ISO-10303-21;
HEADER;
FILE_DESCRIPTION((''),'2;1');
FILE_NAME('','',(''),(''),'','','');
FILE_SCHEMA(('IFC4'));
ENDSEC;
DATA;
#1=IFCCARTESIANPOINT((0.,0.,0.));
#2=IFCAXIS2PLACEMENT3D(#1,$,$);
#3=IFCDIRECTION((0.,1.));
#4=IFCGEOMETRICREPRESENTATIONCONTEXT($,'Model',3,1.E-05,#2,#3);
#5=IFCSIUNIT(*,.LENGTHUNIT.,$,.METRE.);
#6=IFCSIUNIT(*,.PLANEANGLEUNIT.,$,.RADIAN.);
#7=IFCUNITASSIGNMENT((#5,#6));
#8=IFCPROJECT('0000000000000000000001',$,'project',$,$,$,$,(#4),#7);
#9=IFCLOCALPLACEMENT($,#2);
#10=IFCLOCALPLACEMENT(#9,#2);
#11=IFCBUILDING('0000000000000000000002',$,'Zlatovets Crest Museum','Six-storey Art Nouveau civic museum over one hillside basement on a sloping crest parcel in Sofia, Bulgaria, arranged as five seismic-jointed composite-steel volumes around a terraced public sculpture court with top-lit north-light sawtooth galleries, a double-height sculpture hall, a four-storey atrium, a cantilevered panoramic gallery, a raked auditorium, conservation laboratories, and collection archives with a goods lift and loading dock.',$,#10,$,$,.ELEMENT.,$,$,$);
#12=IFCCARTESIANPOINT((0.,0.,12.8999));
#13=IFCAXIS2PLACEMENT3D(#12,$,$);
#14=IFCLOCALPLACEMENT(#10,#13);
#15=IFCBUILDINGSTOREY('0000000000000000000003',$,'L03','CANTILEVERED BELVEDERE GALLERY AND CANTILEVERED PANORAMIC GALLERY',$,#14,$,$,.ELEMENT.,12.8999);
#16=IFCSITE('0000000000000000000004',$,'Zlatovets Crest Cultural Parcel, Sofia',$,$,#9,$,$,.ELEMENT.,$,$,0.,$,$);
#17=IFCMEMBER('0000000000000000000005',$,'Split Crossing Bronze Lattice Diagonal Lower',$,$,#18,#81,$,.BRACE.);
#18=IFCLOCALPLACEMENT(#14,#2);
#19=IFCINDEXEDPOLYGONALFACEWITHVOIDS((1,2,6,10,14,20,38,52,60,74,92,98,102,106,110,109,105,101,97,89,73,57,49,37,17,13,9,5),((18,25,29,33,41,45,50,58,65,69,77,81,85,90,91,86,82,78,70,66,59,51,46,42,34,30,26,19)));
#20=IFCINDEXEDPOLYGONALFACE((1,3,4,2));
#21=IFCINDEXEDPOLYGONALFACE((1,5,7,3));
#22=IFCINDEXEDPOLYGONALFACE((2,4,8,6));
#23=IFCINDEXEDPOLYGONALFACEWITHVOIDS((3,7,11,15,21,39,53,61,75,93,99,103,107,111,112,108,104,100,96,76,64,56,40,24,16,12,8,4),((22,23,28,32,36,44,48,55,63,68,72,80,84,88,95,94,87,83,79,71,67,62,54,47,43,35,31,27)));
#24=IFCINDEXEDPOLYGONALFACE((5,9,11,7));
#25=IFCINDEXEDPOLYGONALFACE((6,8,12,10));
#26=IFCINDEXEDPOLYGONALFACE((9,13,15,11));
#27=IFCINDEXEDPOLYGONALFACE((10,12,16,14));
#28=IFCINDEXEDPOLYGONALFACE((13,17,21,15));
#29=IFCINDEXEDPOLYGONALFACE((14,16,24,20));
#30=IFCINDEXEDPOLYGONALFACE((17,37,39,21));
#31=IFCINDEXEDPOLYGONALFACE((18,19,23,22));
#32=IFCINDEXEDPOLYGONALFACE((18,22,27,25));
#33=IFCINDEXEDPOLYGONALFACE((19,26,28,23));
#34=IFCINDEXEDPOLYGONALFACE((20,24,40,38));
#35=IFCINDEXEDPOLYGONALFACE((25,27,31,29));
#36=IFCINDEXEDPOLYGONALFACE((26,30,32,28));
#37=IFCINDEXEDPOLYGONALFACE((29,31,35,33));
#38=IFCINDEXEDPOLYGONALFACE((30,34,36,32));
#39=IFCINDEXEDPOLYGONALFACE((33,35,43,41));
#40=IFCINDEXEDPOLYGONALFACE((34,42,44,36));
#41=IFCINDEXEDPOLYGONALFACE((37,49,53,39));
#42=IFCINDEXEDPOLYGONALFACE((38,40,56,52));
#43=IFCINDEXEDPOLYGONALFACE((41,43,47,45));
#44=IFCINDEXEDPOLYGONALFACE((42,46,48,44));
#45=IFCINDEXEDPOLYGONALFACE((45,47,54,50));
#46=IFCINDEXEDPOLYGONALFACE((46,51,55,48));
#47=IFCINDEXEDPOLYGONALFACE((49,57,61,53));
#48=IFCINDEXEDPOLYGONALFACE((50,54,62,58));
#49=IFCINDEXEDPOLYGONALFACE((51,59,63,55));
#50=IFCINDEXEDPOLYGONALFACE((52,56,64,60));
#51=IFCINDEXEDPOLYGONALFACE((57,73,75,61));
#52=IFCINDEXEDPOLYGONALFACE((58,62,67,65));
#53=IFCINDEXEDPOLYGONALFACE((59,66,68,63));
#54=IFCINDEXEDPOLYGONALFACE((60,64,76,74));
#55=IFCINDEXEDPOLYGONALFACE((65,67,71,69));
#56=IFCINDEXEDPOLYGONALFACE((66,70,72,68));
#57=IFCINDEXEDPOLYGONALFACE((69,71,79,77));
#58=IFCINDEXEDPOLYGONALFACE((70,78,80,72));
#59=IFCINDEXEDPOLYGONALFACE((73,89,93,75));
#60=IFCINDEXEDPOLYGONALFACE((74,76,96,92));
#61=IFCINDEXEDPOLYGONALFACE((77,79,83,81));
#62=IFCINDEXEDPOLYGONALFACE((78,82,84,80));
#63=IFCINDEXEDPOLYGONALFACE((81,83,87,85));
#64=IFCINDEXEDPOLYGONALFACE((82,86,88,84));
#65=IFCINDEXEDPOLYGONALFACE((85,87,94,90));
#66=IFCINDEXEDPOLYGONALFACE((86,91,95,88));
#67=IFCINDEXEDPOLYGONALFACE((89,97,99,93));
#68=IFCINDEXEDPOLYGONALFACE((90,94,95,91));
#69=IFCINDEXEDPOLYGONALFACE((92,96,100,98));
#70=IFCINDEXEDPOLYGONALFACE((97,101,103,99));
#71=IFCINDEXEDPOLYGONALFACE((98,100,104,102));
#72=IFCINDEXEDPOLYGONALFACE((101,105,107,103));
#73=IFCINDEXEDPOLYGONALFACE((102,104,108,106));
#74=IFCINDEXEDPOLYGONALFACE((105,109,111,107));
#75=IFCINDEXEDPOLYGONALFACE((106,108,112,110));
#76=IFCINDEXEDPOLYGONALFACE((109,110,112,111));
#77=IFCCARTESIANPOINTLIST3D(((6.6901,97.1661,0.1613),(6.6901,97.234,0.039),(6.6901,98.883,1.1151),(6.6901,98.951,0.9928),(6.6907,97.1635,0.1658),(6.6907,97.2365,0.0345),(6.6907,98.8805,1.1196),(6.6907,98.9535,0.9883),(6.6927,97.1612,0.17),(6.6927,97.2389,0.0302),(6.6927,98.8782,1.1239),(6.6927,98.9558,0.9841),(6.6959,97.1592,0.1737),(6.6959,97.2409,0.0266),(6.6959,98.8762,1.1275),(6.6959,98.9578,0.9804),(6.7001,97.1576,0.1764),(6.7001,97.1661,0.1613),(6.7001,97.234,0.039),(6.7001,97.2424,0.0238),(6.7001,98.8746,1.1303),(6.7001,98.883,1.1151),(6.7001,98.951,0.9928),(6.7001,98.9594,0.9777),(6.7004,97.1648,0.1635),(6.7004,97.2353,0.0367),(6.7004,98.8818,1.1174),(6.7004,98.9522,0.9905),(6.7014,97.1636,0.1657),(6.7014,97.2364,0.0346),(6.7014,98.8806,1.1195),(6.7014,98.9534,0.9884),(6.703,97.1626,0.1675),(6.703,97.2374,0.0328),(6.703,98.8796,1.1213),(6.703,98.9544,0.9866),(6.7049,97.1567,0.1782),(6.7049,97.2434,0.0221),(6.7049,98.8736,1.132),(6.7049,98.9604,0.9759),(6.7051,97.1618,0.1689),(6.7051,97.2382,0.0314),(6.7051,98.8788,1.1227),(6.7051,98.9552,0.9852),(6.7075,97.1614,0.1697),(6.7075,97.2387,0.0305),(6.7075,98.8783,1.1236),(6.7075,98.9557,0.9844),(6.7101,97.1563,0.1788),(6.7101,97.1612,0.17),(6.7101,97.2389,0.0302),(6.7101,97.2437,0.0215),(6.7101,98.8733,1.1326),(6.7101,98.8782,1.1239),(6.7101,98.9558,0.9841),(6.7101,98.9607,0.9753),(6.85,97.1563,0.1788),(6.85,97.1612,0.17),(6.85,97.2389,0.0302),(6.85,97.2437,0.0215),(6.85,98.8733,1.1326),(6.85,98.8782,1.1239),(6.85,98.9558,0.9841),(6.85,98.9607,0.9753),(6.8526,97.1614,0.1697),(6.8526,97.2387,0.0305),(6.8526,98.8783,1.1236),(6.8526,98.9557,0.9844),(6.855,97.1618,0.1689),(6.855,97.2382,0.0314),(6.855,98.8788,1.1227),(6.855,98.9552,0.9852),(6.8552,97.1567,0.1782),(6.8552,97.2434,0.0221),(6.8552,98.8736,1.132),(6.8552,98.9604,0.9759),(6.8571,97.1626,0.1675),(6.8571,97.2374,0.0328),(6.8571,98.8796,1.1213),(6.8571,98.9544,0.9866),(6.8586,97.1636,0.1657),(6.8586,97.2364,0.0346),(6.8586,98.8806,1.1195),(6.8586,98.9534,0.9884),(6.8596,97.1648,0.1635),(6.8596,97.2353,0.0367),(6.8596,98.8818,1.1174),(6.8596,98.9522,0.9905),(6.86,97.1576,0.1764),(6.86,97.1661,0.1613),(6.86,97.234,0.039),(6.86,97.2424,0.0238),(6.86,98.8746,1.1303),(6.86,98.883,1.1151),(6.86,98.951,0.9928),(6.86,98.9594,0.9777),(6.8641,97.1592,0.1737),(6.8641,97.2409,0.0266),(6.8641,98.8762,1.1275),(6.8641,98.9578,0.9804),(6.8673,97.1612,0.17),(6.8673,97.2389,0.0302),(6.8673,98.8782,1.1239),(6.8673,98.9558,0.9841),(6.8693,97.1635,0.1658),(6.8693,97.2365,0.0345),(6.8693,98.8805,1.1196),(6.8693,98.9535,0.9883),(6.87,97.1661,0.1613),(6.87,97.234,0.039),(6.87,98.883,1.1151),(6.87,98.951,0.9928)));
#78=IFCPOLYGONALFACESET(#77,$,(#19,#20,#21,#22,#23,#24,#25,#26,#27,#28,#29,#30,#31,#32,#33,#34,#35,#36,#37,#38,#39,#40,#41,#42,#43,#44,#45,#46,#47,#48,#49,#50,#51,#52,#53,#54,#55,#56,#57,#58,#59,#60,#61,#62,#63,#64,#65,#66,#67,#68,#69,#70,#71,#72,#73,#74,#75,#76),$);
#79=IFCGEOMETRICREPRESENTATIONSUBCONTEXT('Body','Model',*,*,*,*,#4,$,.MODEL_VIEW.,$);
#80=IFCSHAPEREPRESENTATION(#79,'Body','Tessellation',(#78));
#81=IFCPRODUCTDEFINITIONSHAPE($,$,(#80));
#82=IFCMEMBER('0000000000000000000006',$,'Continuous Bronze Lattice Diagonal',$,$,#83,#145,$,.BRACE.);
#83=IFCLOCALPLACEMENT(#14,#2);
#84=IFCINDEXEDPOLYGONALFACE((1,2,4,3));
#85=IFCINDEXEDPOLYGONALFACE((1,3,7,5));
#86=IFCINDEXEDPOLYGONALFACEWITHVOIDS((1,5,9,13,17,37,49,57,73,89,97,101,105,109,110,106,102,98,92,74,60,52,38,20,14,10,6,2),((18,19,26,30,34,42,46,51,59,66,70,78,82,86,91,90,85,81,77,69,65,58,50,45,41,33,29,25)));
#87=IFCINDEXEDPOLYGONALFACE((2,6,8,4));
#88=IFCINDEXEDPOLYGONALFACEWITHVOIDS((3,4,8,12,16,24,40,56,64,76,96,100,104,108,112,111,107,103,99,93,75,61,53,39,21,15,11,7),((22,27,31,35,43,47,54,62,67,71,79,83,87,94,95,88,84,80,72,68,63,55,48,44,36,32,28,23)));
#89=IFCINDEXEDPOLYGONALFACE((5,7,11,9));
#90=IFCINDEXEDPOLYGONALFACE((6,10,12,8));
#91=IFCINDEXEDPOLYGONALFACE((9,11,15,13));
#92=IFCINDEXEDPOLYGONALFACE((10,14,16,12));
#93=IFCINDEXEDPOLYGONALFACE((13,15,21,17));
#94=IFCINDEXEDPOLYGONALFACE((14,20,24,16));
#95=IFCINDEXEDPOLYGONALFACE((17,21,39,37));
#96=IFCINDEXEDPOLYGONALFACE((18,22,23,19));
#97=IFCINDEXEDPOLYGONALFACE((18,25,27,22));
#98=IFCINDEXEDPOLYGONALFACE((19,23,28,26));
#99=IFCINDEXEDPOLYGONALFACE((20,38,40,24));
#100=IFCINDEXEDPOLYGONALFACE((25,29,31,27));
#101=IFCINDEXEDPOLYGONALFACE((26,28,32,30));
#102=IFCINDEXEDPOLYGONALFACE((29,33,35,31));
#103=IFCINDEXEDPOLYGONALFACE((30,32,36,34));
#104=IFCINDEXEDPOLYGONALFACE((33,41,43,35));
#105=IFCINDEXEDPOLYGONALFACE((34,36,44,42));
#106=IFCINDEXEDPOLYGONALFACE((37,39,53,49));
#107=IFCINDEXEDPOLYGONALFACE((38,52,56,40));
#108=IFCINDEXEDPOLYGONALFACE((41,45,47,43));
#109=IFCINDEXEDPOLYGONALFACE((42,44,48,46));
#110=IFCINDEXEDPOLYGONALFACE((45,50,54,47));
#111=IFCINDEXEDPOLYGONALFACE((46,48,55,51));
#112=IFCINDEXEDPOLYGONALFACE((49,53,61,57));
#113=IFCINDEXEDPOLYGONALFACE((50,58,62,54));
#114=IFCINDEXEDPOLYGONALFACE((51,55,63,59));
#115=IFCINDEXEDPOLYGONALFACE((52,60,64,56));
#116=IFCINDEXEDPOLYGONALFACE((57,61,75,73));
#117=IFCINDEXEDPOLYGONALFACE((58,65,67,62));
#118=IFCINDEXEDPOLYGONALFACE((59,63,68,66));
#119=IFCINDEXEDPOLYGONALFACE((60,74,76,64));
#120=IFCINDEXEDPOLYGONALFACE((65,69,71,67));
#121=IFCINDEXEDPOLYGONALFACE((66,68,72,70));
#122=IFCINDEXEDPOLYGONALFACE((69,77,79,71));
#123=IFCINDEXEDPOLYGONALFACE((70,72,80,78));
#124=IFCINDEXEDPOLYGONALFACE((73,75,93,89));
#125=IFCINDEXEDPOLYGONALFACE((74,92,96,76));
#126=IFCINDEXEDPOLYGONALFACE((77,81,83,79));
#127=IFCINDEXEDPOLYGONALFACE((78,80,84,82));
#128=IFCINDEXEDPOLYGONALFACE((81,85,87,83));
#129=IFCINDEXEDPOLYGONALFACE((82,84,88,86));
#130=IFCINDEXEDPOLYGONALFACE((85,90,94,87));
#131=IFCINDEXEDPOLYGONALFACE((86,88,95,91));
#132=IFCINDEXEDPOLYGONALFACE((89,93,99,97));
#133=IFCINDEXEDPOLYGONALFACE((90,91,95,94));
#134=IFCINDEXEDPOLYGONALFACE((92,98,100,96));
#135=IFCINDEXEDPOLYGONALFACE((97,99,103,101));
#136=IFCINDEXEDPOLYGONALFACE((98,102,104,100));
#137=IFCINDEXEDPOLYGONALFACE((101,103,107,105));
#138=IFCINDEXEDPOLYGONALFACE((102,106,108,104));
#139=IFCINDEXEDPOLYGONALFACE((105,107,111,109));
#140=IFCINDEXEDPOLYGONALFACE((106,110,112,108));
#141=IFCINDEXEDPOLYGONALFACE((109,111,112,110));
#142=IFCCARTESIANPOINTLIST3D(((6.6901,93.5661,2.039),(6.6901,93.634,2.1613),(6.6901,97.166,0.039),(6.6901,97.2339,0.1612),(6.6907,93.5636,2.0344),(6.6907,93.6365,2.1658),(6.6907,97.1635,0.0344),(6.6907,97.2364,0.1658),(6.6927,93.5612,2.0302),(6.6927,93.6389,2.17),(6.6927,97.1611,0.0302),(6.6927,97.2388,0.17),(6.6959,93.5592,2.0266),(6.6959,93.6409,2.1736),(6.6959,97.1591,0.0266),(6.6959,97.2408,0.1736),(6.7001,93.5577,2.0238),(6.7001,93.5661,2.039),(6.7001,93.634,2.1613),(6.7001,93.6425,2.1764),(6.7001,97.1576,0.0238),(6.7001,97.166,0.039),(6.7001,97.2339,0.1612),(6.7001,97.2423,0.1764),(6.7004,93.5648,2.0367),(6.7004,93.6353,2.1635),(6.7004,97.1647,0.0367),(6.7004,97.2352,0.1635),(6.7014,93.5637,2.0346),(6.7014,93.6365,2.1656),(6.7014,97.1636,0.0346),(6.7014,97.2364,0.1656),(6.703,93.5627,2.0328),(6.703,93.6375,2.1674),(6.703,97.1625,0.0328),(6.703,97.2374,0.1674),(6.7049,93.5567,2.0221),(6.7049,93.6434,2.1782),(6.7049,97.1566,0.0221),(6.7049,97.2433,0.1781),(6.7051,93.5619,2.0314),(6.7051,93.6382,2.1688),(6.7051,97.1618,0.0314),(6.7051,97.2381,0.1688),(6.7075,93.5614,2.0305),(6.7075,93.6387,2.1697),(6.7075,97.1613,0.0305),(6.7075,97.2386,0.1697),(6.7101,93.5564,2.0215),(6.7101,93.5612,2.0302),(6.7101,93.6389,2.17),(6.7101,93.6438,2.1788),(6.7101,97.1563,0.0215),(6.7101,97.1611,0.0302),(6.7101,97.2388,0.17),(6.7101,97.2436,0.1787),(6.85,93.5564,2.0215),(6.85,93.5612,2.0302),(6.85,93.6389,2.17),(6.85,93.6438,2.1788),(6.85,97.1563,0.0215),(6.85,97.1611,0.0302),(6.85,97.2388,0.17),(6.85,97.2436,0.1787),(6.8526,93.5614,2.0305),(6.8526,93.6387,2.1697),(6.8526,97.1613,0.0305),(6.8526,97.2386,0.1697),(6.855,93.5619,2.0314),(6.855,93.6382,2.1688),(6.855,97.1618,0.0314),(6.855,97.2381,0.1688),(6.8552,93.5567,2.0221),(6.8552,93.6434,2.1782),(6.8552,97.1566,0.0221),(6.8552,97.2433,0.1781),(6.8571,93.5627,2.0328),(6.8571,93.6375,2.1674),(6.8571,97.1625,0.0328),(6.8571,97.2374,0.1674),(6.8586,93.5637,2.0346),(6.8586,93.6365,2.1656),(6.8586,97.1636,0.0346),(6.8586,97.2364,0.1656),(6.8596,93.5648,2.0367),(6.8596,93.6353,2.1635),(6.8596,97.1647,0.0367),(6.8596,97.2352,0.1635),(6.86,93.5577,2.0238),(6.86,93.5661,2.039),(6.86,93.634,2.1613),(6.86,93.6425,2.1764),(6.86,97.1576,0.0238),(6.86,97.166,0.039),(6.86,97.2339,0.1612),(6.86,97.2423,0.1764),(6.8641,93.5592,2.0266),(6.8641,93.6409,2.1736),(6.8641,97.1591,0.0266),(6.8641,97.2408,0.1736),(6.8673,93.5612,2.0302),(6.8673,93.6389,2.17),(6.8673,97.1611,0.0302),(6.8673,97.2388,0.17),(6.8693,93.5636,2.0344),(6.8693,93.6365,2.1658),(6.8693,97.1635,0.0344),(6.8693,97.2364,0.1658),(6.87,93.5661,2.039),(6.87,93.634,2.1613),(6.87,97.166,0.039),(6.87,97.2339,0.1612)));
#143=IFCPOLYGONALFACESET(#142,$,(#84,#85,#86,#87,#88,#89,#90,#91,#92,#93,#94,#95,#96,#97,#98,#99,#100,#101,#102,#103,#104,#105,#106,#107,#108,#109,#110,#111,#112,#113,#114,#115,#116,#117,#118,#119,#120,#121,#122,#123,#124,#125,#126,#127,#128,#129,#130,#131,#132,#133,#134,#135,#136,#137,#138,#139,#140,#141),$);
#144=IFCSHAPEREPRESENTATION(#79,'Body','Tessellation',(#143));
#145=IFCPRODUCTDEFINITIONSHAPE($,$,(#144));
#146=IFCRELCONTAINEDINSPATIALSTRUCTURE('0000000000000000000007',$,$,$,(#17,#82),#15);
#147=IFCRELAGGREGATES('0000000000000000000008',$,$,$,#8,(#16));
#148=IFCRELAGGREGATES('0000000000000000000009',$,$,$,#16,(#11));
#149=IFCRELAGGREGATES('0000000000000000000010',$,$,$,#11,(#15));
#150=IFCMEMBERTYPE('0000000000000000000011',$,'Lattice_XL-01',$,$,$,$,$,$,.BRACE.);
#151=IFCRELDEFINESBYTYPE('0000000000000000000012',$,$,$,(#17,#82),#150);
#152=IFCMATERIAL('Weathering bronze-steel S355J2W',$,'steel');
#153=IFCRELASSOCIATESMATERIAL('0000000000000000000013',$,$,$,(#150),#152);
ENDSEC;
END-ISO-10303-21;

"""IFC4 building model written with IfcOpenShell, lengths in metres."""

from ifc_helpers import new_model, si_unit, direction, frame, origin, origin_2d, place, context, subcontext, project, spatial, hollow_rectangle, extrude, material, material_profile, profile_set, type_object, element, save


model = new_model("IFC4")

# Units and contexts
model_context = context("Model", 3, precision=1e-05, world=origin(), true_north=direction((0.0, 1.0)))
body_context = subcontext(model_context, "Body", "Model", "MODEL_VIEW")
ifc_project = project(units=[si_unit("LENGTHUNIT", "METRE"), si_unit("PLANEANGLEUNIT", "RADIAN")], contexts=[model_context])

# Site, building, storey
site_placement = place(None, origin())
site = spatial("IfcSite", under=ifc_project, at=site_placement, Name="Zlatovets Crest Cultural Parcel, Sofia", CompositionType="ELEMENT", RefElevation=0.0)
building_placement = place(site_placement, origin())
building = spatial("IfcBuilding", under=site, at=building_placement, Name="Zlatovets Crest Museum", Description="Six-storey Art Nouveau civic museum over one hillside basement on a sloping crest parcel in Sofia, Bulgaria, arranged as five seismic-jointed composite-steel volumes around a terraced public sculpture court with top-lit north-light sawtooth galleries, a double-height sculpture hall, a four-storey atrium, a cantilevered panoramic gallery, a raked auditorium, conservation laboratories, and collection archives with a goods lift and loading dock.", CompositionType="ELEMENT")
storey_placement = place(building_placement, frame((0.0, 0.0, 12.8999)))
storey = spatial("IfcBuildingStorey", under=building, at=storey_placement, Name="L03", Description="CANTILEVERED BELVEDERE GALLERY AND CANTILEVERED PANORAMIC GALLERY", CompositionType="ELEMENT", Elevation=12.8999)

# Members
ifc_material_1 = material(Name="Weathering bronze-steel S355J2W", Category="steel")
ifc_material_profile_1 = material_profile(ifc_material_1, hollow_rectangle(XDim=0.1799, YDim=0.1799, WallThickness=0.01, InnerFilletRadius=0.01, OuterFilletRadius=0.02, at=origin_2d()), Name="SHS 180x180x10.0")
ifc_profile_set_1 = profile_set([ifc_material_profile_1], Name="Weathering bronze-steel S355J2W")
member_type_1 = type_object("IfcMemberType", Name="Lattice_XL-01", PredefinedType="BRACE", material=ifc_profile_set_1)
for number, where, z_axis, x_axis, name in (
    (1, (6.78, 98.917, 1.054), (0.0, -0.874169, -0.485622), (1.0, 0.0, 0.0), "Split Crossing Bronze Lattice Diagonal Lower"),
):
    element("IfcMember", number, at=place(storey_placement, frame(where, z_axis=z_axis, x_axis=x_axis)), inside=storey, type_object=member_type_1, Name=name, PredefinedType="BRACE", context=body_context, shape_type="SweptSolid", body=[
        extrude(hollow_rectangle(XDim=0.1799, YDim=0.1799, WallThickness=0.01, InnerFilletRadius=0.01, OuterFilletRadius=0.02, at=origin_2d()), origin(), (0.0, 0.0, 1.0), 1.9641),
    ])
member_1_placement = place(storey_placement, frame((6.78, 97.2, 0.1001), z_axis=(0.0, -0.874149, 0.485658), x_axis=(1.0, 0.0, 0.0)))
element("IfcMember", 2, at=member_1_placement, inside=storey, type_object=member_type_1, Name="Continuous Bronze Lattice Diagonal", PredefinedType="BRACE", context=body_context, shape_type="SweptSolid", body=[
    extrude(hollow_rectangle(XDim=0.1799, YDim=0.1799, WallThickness=0.01, InnerFilletRadius=0.01, OuterFilletRadius=0.02, at=origin_2d()), origin(), (0.0, 0.0, 1.0), 4.1182),
])

save(model, "model.ifc")
